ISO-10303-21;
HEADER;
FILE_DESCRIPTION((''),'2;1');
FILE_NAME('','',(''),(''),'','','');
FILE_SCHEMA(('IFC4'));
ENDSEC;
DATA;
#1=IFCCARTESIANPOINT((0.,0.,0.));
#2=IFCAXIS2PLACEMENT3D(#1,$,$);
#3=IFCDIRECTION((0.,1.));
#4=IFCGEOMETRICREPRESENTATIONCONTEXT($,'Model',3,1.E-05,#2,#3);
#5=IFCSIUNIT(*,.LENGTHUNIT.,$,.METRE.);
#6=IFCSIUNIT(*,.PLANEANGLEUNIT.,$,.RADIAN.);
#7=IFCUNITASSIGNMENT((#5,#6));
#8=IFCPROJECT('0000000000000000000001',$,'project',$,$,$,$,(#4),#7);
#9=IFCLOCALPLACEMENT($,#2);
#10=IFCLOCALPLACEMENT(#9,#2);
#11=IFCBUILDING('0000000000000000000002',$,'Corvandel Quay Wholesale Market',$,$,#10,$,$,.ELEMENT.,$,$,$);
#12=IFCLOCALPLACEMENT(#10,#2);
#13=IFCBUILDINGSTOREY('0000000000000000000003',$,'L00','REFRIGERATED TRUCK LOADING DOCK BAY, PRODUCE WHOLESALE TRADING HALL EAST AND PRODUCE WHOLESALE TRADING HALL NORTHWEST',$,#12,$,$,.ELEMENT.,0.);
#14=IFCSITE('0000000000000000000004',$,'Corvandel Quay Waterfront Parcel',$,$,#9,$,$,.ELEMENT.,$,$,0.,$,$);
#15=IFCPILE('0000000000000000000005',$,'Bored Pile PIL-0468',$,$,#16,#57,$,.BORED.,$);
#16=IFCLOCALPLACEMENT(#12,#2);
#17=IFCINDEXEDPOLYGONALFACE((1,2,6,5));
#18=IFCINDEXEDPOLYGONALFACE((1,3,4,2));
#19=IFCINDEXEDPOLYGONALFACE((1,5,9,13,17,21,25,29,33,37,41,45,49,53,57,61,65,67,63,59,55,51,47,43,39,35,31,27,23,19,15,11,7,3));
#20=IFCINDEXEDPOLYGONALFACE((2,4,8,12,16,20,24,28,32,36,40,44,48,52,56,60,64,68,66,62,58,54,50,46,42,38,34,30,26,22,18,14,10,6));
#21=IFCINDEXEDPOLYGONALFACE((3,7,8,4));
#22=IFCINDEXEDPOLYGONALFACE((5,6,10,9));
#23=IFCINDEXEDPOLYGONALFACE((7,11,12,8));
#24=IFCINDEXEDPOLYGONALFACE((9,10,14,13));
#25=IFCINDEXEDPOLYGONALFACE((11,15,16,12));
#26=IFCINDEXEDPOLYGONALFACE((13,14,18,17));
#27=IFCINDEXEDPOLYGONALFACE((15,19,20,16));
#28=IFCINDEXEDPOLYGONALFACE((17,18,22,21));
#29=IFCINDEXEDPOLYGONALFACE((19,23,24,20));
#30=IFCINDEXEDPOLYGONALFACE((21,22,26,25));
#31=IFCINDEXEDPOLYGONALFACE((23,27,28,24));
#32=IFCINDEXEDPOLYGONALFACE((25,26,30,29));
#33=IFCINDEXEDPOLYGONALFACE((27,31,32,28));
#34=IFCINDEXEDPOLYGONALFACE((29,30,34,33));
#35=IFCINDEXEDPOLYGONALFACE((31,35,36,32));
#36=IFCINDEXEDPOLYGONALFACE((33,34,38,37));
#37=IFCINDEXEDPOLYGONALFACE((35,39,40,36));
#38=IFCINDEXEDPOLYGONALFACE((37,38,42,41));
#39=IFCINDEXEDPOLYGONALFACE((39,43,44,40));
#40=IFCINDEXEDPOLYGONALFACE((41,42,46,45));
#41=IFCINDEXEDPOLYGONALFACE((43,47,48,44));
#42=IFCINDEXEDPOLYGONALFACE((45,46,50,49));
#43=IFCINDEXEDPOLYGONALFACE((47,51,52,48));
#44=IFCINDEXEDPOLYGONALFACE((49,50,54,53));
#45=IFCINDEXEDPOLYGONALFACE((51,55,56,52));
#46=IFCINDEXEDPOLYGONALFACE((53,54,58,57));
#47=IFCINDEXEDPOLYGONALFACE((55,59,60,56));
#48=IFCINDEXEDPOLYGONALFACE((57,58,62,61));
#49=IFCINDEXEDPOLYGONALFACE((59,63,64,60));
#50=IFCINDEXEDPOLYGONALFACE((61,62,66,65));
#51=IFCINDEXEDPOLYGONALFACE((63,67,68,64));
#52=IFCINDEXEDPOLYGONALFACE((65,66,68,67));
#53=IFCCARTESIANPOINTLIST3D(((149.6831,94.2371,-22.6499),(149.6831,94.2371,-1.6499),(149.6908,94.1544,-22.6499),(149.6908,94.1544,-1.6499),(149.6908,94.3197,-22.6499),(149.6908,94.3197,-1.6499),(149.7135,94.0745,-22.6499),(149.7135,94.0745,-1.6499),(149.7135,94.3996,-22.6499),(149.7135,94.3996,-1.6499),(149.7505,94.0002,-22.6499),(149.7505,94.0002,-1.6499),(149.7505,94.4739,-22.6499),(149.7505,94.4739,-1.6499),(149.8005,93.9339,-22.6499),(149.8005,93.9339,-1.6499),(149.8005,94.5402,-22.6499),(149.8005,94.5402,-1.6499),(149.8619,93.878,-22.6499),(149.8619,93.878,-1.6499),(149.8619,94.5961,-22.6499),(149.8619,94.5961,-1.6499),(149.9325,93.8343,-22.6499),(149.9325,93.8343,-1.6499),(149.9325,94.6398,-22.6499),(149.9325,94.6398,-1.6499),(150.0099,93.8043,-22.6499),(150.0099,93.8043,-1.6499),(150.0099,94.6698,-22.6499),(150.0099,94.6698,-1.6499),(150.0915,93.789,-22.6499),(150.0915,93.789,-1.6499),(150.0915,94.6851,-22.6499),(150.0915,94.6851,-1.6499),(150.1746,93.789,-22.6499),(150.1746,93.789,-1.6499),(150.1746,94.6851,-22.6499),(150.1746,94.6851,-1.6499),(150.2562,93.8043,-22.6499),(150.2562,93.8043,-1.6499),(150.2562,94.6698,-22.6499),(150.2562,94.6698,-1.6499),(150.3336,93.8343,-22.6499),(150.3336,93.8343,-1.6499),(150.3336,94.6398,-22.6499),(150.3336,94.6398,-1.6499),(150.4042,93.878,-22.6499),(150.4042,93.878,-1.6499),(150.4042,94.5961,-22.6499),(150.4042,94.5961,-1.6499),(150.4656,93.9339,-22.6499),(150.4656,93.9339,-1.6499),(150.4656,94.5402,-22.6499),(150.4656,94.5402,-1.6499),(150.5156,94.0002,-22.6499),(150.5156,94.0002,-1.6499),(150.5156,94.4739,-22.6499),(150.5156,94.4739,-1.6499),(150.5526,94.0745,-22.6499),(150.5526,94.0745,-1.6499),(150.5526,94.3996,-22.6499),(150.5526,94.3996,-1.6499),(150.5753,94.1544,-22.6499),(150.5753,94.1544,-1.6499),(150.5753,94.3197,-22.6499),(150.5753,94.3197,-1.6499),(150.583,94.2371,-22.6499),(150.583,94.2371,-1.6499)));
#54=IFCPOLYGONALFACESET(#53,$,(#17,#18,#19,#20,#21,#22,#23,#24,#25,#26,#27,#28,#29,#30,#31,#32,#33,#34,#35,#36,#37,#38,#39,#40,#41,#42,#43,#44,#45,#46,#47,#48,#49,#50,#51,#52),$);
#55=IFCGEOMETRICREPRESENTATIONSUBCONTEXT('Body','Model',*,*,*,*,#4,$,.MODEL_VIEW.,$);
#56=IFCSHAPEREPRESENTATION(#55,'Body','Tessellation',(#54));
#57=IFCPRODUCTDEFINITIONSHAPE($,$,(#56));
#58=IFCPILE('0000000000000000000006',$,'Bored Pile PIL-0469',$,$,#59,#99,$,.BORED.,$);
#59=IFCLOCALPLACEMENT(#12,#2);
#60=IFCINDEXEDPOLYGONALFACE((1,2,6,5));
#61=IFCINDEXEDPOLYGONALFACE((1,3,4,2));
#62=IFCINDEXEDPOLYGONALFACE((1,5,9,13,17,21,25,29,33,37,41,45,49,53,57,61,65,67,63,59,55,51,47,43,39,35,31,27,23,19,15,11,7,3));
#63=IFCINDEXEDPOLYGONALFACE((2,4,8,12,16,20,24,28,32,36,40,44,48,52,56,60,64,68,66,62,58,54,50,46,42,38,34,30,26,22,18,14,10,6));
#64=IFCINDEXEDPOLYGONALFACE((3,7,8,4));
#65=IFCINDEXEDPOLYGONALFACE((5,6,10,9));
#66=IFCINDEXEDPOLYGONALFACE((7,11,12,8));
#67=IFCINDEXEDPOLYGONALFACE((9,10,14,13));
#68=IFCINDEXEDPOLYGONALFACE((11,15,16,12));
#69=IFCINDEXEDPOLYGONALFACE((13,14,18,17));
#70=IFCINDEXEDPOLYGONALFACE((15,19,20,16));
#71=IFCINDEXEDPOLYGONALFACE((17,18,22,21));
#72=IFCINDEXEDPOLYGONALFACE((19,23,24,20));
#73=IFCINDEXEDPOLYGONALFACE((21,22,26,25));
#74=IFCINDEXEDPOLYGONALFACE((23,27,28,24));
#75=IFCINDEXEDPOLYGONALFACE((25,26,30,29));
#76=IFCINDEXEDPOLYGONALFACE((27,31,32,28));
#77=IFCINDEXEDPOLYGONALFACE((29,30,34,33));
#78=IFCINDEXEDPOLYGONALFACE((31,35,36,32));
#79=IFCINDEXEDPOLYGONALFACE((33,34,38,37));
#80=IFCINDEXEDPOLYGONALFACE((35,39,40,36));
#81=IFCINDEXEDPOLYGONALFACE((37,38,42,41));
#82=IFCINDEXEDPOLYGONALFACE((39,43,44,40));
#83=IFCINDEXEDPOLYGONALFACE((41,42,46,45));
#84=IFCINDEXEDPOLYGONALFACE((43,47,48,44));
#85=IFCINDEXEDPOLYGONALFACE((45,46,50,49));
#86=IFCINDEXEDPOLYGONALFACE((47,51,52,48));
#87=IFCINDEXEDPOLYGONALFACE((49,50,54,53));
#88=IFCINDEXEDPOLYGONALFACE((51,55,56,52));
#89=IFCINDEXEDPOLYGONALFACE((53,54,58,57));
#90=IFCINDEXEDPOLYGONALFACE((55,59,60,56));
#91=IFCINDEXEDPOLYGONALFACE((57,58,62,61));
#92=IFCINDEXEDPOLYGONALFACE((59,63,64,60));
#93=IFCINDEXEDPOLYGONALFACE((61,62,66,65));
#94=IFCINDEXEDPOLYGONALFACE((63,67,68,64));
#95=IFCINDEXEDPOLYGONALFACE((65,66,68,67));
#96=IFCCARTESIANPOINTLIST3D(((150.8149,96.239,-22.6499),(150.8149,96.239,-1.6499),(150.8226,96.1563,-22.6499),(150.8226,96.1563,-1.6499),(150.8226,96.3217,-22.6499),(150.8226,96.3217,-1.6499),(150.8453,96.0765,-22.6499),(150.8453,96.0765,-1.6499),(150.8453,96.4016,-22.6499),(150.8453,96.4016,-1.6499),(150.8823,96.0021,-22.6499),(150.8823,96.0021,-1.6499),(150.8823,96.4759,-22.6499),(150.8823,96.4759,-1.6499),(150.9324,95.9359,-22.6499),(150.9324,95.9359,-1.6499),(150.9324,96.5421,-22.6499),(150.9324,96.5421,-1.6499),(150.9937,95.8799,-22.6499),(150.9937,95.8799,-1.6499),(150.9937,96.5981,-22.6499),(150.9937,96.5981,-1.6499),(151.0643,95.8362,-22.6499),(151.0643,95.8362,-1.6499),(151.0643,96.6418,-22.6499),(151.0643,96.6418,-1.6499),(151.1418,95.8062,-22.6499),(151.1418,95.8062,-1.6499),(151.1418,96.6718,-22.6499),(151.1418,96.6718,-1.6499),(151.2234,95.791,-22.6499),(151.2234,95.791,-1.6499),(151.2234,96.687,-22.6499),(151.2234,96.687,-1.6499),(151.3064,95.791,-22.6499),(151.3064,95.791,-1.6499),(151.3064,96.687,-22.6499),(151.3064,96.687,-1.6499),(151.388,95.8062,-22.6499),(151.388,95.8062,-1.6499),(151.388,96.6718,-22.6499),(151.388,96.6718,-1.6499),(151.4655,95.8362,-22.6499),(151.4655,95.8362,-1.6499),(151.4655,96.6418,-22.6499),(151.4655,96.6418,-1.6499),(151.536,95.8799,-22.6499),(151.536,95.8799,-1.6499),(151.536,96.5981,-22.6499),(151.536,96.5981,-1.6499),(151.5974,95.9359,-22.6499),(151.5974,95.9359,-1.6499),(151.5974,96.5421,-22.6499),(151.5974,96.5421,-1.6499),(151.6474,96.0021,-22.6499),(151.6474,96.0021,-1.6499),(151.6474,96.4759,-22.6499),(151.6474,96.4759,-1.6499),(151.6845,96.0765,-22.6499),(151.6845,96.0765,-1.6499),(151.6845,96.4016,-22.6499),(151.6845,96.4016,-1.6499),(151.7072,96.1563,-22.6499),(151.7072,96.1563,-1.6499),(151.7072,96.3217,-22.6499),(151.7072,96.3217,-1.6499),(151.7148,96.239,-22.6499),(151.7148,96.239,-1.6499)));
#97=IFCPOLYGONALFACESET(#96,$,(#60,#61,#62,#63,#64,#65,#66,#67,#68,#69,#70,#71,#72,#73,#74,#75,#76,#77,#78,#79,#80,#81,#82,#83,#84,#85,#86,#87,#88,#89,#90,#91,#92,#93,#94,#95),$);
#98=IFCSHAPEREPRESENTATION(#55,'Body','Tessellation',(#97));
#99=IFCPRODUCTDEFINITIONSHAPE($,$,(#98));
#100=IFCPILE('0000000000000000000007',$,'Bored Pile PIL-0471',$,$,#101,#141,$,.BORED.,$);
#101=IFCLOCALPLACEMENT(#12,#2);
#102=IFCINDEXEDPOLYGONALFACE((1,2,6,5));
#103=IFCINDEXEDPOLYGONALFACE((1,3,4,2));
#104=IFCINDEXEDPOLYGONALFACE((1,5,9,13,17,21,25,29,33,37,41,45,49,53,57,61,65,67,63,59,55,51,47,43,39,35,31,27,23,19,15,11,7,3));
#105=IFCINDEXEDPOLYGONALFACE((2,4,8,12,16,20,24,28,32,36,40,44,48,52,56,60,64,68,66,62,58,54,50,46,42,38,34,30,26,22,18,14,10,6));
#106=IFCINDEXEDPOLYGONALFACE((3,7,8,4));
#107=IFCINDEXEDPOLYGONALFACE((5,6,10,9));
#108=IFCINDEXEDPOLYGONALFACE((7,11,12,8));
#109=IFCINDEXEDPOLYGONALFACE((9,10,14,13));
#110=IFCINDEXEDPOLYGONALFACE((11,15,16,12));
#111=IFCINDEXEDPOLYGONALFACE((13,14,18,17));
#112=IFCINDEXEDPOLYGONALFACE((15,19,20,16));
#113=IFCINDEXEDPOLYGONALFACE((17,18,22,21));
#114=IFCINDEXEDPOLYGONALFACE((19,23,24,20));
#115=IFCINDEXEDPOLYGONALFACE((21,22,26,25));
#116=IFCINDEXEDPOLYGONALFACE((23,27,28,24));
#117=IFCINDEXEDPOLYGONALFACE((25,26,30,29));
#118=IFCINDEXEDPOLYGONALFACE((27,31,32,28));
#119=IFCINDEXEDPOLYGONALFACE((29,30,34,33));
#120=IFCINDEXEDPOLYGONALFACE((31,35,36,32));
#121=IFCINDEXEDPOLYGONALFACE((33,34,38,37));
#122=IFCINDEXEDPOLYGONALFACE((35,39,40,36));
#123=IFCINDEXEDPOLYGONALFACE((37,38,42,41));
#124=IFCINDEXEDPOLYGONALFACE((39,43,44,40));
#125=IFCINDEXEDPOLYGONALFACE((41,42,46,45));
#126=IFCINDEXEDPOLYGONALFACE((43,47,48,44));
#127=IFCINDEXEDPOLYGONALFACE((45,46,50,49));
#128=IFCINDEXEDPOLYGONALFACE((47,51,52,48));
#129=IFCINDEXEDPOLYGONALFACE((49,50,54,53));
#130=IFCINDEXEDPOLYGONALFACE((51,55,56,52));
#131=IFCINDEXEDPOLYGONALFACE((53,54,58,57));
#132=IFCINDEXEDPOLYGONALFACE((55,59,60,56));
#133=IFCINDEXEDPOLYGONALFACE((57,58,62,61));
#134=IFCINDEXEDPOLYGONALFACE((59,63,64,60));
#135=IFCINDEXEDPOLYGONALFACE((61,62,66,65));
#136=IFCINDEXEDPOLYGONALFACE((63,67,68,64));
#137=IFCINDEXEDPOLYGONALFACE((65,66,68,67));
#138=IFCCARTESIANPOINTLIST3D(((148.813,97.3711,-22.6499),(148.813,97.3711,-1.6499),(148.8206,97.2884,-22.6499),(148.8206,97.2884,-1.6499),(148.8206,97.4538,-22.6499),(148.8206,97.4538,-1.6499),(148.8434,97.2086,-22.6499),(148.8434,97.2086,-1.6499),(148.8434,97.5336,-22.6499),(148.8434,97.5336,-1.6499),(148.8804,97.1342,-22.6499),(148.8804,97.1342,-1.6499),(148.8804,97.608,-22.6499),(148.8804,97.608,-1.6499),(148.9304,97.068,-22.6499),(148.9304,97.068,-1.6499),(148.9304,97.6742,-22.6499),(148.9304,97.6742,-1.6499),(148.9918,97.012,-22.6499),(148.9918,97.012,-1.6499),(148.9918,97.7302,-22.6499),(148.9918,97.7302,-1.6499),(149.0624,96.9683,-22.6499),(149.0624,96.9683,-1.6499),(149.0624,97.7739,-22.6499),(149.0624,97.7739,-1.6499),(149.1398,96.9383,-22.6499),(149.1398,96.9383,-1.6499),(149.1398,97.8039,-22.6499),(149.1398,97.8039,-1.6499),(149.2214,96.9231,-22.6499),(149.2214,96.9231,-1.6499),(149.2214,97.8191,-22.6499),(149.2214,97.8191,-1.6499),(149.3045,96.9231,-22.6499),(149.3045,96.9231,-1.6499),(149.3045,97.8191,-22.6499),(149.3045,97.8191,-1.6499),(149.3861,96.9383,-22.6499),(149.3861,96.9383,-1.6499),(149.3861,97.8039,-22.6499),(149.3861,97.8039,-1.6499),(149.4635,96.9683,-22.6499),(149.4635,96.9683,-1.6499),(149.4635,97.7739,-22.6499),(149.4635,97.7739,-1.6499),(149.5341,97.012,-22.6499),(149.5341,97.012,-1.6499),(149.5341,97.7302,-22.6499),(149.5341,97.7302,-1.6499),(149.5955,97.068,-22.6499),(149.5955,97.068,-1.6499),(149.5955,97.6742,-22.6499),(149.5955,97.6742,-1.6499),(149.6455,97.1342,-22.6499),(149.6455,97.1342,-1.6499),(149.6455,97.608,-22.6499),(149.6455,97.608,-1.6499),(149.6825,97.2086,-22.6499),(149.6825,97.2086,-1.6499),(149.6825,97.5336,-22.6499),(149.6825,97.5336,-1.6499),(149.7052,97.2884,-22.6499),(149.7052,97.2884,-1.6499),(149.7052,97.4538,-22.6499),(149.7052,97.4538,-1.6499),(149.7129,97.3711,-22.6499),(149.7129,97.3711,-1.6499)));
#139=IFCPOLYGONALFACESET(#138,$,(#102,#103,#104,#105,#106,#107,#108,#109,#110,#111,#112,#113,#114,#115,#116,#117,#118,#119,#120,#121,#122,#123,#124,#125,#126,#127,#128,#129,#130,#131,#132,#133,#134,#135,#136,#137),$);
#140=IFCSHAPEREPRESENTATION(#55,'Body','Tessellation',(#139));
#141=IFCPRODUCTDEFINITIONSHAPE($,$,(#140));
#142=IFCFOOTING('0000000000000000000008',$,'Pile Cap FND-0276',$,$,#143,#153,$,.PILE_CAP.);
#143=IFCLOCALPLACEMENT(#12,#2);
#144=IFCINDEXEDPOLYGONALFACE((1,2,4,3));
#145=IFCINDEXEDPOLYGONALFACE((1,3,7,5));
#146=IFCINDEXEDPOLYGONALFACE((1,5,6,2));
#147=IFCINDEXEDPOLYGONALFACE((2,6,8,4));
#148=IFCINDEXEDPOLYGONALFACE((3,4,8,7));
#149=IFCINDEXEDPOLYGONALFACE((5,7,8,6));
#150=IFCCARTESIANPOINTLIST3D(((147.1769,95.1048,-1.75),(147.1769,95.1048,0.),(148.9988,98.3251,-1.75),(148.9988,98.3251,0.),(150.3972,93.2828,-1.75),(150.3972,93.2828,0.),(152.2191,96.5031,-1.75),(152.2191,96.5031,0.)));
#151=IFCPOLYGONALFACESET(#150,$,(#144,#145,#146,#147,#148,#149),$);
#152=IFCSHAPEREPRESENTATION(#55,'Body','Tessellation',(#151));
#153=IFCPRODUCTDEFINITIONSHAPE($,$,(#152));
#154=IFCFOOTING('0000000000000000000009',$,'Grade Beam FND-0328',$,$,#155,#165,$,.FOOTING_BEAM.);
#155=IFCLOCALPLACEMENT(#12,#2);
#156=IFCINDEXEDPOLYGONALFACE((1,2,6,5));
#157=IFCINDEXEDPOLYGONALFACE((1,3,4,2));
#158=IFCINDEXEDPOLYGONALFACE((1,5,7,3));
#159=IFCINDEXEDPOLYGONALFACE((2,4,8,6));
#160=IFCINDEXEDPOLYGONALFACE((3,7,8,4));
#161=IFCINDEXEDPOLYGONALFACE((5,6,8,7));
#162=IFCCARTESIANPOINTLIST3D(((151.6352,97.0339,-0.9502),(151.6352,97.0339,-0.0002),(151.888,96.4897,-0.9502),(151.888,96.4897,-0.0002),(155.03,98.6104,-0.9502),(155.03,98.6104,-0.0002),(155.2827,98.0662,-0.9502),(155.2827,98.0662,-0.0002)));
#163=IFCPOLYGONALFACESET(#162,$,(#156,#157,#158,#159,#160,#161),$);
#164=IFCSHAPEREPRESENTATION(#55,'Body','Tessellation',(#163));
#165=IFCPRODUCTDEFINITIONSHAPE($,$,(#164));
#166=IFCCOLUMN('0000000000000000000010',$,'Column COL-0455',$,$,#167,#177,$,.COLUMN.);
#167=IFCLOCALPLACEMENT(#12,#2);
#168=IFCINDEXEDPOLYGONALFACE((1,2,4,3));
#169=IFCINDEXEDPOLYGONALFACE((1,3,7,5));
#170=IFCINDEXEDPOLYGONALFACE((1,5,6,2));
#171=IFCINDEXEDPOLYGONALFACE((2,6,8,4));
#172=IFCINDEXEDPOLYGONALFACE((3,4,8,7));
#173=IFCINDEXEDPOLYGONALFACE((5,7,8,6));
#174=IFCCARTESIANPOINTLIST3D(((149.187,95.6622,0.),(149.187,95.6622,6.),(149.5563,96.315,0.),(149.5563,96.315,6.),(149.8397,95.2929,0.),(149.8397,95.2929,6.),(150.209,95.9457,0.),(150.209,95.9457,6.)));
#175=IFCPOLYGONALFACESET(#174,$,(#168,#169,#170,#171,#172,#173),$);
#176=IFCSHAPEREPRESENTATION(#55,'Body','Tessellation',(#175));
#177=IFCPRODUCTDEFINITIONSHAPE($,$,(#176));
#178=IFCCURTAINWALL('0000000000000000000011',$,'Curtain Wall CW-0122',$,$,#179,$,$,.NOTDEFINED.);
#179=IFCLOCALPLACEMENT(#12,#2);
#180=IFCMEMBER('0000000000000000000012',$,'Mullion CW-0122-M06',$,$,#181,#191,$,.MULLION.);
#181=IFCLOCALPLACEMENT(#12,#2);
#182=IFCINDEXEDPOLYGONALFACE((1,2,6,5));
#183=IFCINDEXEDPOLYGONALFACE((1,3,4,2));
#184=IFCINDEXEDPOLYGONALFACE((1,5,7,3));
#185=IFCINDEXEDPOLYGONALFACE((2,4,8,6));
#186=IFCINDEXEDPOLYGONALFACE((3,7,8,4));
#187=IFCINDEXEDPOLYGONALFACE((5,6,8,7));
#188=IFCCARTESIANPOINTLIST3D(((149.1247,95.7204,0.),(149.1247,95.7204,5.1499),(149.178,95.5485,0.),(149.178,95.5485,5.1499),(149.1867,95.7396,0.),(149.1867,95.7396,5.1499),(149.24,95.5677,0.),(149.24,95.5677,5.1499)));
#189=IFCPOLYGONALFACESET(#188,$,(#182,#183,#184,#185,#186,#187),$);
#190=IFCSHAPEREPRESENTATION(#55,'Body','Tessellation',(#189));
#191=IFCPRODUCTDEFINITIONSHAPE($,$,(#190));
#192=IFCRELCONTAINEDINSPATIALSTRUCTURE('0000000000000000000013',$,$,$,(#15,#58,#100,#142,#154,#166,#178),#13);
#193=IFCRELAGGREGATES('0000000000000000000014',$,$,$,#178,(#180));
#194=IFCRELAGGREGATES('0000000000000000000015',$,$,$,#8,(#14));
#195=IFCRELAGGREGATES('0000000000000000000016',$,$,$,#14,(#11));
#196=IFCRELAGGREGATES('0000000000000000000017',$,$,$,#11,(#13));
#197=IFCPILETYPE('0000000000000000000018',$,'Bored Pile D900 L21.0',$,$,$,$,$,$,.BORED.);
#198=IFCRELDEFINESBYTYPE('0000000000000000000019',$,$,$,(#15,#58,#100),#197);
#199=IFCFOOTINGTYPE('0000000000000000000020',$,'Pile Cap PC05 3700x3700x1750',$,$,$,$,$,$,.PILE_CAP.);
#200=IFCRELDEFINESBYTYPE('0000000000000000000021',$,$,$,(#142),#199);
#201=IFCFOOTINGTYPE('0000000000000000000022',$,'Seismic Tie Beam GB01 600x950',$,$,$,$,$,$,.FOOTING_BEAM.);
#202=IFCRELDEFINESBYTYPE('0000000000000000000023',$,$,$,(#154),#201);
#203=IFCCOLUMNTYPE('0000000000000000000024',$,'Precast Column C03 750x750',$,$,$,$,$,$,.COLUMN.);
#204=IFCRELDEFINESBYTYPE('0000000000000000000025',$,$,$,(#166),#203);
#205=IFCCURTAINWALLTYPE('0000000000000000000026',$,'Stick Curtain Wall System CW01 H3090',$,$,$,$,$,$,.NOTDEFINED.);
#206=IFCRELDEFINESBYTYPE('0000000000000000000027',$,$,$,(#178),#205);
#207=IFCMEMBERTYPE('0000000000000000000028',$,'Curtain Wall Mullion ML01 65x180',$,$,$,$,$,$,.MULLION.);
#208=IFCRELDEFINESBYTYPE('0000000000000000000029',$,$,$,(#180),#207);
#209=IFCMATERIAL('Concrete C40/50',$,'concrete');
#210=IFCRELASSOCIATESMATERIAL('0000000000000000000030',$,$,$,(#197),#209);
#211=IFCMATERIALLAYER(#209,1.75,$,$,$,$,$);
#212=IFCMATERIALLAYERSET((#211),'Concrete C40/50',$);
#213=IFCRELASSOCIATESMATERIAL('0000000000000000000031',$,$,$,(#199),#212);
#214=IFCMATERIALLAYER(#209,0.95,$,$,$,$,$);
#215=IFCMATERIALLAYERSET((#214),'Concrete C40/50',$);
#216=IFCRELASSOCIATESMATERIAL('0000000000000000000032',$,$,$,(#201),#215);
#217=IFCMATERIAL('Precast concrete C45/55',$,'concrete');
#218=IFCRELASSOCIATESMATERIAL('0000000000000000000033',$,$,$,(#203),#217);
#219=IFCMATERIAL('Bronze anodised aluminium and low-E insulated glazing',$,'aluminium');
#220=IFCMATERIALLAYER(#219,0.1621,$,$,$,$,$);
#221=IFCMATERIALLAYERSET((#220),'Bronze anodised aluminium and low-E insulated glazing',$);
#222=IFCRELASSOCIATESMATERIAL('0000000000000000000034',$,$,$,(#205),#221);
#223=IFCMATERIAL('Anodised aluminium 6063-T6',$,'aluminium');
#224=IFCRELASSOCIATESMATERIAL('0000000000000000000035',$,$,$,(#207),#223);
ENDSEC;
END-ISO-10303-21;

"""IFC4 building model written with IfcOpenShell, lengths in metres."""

from ifc_helpers import new_model, si_unit, direction, frame, origin, origin_2d, place, context, subcontext, project, spatial, rectangle, circle, extrude, material, layer, layer_set, material_profile, profile_set, type_object, element, aggregate, save


model = new_model("IFC4")

# Units and contexts
model_context = context("Model", 3, precision=1e-05, world=origin(), true_north=direction((0.0, 1.0)))
body_context = subcontext(model_context, "Body", "Model", "MODEL_VIEW")
ifc_project = project(units=[si_unit("LENGTHUNIT", "METRE"), si_unit("PLANEANGLEUNIT", "RADIAN")], contexts=[model_context])

# Site, building, storey
site_placement = place(None, origin())
site = spatial("IfcSite", under=ifc_project, at=site_placement, Name="Corvandel Quay Waterfront Parcel", CompositionType="ELEMENT", RefElevation=0.0)
building_placement = place(site_placement, origin())
building = spatial("IfcBuilding", under=site, at=building_placement, Name="Corvandel Quay Wholesale Market", CompositionType="ELEMENT")
storey_placement = place(building_placement, origin())
storey = spatial("IfcBuildingStorey", under=building, at=storey_placement, Name="L00", Description="REFRIGERATED TRUCK LOADING DOCK BAY, PRODUCE WHOLESALE TRADING HALL EAST AND PRODUCE WHOLESALE TRADING HALL NORTHWEST", CompositionType="ELEMENT", Elevation=0.0)

# Piles
ifc_material_1 = material(Name="Concrete C40/50", Category="concrete")
ifc_material_profile_1 = material_profile(ifc_material_1, circle(Radius=0.45, at=origin_2d()), Name="RC-PILE-D900")
ifc_profile_set_1 = profile_set([ifc_material_profile_1], Name="Concrete C40/50")
pile_type = type_object("IfcPileType", Name="Bored Pile D900 L21.0", PredefinedType="BORED", material=ifc_profile_set_1)
for number, where, z_axis, x_axis, name in (
    (1, (150.1331, 94.2371, -1.6499), (0.0, 0.0, -1.0), (1.0, 0.0, 0.0), "Bored Pile PIL-0468"),
    (2, (151.2649, 96.239, -1.6499), (0.0, 0.0, -1.0), (1.0, 0.0, 0.0), "Bored Pile PIL-0469"),
    (3, (149.2629, 97.3711, -1.6499), (0.0, 0.0, -1.0), (1.0, 0.0, 0.0), "Bored Pile PIL-0471"),
):
    element("IfcPile", number, at=place(storey_placement, frame(where, z_axis=z_axis, x_axis=x_axis)), inside=storey, type_object=pile_type, Name=name, PredefinedType="BORED", context=body_context, shape_type="SweptSolid", body=[
        extrude(circle(Radius=0.45, at=origin_2d()), origin(), (0.0, 0.0, 1.0), 21.0),
    ])

# Footings
ifc_layer_1 = layer(ifc_material_1, 1.75)
ifc_layer_set_1 = layer_set([ifc_layer_1], Name="Concrete C40/50")
footing_type_1 = type_object("IfcFootingType", Name="Pile Cap PC05 3700x3700x1750", PredefinedType="PILE_CAP", material=ifc_layer_set_1)
footing_1_placement = place(storey_placement, frame((149.698, 95.804, -1.75), z_axis=(0.0, 0.0, 1.0), x_axis=(0.492424, 0.870356, 0.0)))
element("IfcFooting", 4, at=footing_1_placement, inside=storey, type_object=footing_type_1, Name="Pile Cap FND-0276", PredefinedType="PILE_CAP", context=body_context, shape_type="SweptSolid", body=[
    extrude(rectangle(XDim=3.7, YDim=3.7, at=origin_2d()), origin(), (0.0, 0.0, 1.0), 1.75),
])
ifc_layer_2 = layer(ifc_material_1, 0.95)
ifc_layer_set_2 = layer_set([ifc_layer_2], Name="Concrete C40/50")
footing_type_2 = type_object("IfcFootingType", Name="Seismic Tie Beam GB01 600x950", PredefinedType="FOOTING_BEAM", material=ifc_layer_set_2)
footing_2_placement = place(storey_placement, frame((153.459, 97.55, -0.9502), z_axis=(0.0, 0.0, 1.0), x_axis=(0.906971, 0.421194, 0.0)))
element("IfcFooting", 5, at=footing_2_placement, inside=storey, type_object=footing_type_2, Name="Grade Beam FND-0328", PredefinedType="FOOTING_BEAM", context=body_context, shape_type="SweptSolid", body=[
    extrude(rectangle(XDim=3.7429, YDim=0.6001, at=origin_2d()), origin(), (0.0, 0.0, 1.0), 0.95),
])

# Column
ifc_material_2 = material(Name="Precast concrete C45/55", Category="concrete")
ifc_material_profile_2 = material_profile(ifc_material_2, rectangle(XDim=0.75, YDim=0.75, at=origin_2d()), Name="PC-COL-750x750")
ifc_profile_set_2 = profile_set([ifc_material_profile_2], Name="Precast concrete C45/55")
column_type = type_object("IfcColumnType", Name="Precast Column C03 750x750", PredefinedType="COLUMN", material=ifc_profile_set_2)
column_placement = place(storey_placement, frame((149.698, 95.804, 0.0), z_axis=(0.0, 0.0, 1.0), x_axis=(0.492424, 0.870356, 0.0)))
element("IfcColumn", 6, at=column_placement, inside=storey, type_object=column_type, Name="Column COL-0455", PredefinedType="COLUMN", context=body_context, shape_type="SweptSolid", body=[
    extrude(rectangle(XDim=0.75, YDim=0.75, at=origin_2d()), origin(), (0.0, 0.0, 1.0), 6.0),
])

# Curtain wall, member
ifc_material_3 = material(Name="Bronze anodised aluminium and low-E insulated glazing", Category="aluminium")
ifc_layer_3 = layer(ifc_material_3, 0.1621)
ifc_layer_set_3 = layer_set([ifc_layer_3], Name="Bronze anodised aluminium and low-E insulated glazing")
curtain_wall_type = type_object("IfcCurtainWallType", Name="Stick Curtain Wall System CW01 H3090", PredefinedType="NOTDEFINED", material=ifc_layer_set_3)
curtain_wall_placement = place(storey_placement, origin())
curtain_wall = element("IfcCurtainWall", 7, at=curtain_wall_placement, inside=storey, type_object=curtain_wall_type, Name="Curtain Wall CW-0122", PredefinedType="NOTDEFINED")
ifc_material_4 = material(Name="Anodised aluminium 6063-T6", Category="aluminium")
ifc_material_profile_3 = material_profile(ifc_material_4, rectangle(XDim=0.0649, YDim=0.1799, at=origin_2d()), Name="ALU-MUL-65x180")
ifc_profile_set_3 = profile_set([ifc_material_profile_3], Name="Anodised aluminium 6063-T6")
member_type = type_object("IfcMemberType", Name="Curtain Wall Mullion ML01 65x180", PredefinedType="MULLION", material=ifc_profile_set_3)
member_placement = place(storey_placement, frame((149.1824, 95.644, 0.0), z_axis=(0.0, 0.0, 1.0), x_axis=(0.955123, 0.296208, 0.0)))
member = element("IfcMember", 8, at=member_placement, type_object=member_type, Name="Mullion CW-0122-M06", PredefinedType="MULLION", context=body_context, shape_type="SweptSolid", body=[
    extrude(rectangle(XDim=0.0649, YDim=0.1799, at=origin_2d()), origin(), (0.0, 0.0, 1.0), 5.1499),
])
aggregate(curtain_wall, [member])

save(model, "model.ifc")
